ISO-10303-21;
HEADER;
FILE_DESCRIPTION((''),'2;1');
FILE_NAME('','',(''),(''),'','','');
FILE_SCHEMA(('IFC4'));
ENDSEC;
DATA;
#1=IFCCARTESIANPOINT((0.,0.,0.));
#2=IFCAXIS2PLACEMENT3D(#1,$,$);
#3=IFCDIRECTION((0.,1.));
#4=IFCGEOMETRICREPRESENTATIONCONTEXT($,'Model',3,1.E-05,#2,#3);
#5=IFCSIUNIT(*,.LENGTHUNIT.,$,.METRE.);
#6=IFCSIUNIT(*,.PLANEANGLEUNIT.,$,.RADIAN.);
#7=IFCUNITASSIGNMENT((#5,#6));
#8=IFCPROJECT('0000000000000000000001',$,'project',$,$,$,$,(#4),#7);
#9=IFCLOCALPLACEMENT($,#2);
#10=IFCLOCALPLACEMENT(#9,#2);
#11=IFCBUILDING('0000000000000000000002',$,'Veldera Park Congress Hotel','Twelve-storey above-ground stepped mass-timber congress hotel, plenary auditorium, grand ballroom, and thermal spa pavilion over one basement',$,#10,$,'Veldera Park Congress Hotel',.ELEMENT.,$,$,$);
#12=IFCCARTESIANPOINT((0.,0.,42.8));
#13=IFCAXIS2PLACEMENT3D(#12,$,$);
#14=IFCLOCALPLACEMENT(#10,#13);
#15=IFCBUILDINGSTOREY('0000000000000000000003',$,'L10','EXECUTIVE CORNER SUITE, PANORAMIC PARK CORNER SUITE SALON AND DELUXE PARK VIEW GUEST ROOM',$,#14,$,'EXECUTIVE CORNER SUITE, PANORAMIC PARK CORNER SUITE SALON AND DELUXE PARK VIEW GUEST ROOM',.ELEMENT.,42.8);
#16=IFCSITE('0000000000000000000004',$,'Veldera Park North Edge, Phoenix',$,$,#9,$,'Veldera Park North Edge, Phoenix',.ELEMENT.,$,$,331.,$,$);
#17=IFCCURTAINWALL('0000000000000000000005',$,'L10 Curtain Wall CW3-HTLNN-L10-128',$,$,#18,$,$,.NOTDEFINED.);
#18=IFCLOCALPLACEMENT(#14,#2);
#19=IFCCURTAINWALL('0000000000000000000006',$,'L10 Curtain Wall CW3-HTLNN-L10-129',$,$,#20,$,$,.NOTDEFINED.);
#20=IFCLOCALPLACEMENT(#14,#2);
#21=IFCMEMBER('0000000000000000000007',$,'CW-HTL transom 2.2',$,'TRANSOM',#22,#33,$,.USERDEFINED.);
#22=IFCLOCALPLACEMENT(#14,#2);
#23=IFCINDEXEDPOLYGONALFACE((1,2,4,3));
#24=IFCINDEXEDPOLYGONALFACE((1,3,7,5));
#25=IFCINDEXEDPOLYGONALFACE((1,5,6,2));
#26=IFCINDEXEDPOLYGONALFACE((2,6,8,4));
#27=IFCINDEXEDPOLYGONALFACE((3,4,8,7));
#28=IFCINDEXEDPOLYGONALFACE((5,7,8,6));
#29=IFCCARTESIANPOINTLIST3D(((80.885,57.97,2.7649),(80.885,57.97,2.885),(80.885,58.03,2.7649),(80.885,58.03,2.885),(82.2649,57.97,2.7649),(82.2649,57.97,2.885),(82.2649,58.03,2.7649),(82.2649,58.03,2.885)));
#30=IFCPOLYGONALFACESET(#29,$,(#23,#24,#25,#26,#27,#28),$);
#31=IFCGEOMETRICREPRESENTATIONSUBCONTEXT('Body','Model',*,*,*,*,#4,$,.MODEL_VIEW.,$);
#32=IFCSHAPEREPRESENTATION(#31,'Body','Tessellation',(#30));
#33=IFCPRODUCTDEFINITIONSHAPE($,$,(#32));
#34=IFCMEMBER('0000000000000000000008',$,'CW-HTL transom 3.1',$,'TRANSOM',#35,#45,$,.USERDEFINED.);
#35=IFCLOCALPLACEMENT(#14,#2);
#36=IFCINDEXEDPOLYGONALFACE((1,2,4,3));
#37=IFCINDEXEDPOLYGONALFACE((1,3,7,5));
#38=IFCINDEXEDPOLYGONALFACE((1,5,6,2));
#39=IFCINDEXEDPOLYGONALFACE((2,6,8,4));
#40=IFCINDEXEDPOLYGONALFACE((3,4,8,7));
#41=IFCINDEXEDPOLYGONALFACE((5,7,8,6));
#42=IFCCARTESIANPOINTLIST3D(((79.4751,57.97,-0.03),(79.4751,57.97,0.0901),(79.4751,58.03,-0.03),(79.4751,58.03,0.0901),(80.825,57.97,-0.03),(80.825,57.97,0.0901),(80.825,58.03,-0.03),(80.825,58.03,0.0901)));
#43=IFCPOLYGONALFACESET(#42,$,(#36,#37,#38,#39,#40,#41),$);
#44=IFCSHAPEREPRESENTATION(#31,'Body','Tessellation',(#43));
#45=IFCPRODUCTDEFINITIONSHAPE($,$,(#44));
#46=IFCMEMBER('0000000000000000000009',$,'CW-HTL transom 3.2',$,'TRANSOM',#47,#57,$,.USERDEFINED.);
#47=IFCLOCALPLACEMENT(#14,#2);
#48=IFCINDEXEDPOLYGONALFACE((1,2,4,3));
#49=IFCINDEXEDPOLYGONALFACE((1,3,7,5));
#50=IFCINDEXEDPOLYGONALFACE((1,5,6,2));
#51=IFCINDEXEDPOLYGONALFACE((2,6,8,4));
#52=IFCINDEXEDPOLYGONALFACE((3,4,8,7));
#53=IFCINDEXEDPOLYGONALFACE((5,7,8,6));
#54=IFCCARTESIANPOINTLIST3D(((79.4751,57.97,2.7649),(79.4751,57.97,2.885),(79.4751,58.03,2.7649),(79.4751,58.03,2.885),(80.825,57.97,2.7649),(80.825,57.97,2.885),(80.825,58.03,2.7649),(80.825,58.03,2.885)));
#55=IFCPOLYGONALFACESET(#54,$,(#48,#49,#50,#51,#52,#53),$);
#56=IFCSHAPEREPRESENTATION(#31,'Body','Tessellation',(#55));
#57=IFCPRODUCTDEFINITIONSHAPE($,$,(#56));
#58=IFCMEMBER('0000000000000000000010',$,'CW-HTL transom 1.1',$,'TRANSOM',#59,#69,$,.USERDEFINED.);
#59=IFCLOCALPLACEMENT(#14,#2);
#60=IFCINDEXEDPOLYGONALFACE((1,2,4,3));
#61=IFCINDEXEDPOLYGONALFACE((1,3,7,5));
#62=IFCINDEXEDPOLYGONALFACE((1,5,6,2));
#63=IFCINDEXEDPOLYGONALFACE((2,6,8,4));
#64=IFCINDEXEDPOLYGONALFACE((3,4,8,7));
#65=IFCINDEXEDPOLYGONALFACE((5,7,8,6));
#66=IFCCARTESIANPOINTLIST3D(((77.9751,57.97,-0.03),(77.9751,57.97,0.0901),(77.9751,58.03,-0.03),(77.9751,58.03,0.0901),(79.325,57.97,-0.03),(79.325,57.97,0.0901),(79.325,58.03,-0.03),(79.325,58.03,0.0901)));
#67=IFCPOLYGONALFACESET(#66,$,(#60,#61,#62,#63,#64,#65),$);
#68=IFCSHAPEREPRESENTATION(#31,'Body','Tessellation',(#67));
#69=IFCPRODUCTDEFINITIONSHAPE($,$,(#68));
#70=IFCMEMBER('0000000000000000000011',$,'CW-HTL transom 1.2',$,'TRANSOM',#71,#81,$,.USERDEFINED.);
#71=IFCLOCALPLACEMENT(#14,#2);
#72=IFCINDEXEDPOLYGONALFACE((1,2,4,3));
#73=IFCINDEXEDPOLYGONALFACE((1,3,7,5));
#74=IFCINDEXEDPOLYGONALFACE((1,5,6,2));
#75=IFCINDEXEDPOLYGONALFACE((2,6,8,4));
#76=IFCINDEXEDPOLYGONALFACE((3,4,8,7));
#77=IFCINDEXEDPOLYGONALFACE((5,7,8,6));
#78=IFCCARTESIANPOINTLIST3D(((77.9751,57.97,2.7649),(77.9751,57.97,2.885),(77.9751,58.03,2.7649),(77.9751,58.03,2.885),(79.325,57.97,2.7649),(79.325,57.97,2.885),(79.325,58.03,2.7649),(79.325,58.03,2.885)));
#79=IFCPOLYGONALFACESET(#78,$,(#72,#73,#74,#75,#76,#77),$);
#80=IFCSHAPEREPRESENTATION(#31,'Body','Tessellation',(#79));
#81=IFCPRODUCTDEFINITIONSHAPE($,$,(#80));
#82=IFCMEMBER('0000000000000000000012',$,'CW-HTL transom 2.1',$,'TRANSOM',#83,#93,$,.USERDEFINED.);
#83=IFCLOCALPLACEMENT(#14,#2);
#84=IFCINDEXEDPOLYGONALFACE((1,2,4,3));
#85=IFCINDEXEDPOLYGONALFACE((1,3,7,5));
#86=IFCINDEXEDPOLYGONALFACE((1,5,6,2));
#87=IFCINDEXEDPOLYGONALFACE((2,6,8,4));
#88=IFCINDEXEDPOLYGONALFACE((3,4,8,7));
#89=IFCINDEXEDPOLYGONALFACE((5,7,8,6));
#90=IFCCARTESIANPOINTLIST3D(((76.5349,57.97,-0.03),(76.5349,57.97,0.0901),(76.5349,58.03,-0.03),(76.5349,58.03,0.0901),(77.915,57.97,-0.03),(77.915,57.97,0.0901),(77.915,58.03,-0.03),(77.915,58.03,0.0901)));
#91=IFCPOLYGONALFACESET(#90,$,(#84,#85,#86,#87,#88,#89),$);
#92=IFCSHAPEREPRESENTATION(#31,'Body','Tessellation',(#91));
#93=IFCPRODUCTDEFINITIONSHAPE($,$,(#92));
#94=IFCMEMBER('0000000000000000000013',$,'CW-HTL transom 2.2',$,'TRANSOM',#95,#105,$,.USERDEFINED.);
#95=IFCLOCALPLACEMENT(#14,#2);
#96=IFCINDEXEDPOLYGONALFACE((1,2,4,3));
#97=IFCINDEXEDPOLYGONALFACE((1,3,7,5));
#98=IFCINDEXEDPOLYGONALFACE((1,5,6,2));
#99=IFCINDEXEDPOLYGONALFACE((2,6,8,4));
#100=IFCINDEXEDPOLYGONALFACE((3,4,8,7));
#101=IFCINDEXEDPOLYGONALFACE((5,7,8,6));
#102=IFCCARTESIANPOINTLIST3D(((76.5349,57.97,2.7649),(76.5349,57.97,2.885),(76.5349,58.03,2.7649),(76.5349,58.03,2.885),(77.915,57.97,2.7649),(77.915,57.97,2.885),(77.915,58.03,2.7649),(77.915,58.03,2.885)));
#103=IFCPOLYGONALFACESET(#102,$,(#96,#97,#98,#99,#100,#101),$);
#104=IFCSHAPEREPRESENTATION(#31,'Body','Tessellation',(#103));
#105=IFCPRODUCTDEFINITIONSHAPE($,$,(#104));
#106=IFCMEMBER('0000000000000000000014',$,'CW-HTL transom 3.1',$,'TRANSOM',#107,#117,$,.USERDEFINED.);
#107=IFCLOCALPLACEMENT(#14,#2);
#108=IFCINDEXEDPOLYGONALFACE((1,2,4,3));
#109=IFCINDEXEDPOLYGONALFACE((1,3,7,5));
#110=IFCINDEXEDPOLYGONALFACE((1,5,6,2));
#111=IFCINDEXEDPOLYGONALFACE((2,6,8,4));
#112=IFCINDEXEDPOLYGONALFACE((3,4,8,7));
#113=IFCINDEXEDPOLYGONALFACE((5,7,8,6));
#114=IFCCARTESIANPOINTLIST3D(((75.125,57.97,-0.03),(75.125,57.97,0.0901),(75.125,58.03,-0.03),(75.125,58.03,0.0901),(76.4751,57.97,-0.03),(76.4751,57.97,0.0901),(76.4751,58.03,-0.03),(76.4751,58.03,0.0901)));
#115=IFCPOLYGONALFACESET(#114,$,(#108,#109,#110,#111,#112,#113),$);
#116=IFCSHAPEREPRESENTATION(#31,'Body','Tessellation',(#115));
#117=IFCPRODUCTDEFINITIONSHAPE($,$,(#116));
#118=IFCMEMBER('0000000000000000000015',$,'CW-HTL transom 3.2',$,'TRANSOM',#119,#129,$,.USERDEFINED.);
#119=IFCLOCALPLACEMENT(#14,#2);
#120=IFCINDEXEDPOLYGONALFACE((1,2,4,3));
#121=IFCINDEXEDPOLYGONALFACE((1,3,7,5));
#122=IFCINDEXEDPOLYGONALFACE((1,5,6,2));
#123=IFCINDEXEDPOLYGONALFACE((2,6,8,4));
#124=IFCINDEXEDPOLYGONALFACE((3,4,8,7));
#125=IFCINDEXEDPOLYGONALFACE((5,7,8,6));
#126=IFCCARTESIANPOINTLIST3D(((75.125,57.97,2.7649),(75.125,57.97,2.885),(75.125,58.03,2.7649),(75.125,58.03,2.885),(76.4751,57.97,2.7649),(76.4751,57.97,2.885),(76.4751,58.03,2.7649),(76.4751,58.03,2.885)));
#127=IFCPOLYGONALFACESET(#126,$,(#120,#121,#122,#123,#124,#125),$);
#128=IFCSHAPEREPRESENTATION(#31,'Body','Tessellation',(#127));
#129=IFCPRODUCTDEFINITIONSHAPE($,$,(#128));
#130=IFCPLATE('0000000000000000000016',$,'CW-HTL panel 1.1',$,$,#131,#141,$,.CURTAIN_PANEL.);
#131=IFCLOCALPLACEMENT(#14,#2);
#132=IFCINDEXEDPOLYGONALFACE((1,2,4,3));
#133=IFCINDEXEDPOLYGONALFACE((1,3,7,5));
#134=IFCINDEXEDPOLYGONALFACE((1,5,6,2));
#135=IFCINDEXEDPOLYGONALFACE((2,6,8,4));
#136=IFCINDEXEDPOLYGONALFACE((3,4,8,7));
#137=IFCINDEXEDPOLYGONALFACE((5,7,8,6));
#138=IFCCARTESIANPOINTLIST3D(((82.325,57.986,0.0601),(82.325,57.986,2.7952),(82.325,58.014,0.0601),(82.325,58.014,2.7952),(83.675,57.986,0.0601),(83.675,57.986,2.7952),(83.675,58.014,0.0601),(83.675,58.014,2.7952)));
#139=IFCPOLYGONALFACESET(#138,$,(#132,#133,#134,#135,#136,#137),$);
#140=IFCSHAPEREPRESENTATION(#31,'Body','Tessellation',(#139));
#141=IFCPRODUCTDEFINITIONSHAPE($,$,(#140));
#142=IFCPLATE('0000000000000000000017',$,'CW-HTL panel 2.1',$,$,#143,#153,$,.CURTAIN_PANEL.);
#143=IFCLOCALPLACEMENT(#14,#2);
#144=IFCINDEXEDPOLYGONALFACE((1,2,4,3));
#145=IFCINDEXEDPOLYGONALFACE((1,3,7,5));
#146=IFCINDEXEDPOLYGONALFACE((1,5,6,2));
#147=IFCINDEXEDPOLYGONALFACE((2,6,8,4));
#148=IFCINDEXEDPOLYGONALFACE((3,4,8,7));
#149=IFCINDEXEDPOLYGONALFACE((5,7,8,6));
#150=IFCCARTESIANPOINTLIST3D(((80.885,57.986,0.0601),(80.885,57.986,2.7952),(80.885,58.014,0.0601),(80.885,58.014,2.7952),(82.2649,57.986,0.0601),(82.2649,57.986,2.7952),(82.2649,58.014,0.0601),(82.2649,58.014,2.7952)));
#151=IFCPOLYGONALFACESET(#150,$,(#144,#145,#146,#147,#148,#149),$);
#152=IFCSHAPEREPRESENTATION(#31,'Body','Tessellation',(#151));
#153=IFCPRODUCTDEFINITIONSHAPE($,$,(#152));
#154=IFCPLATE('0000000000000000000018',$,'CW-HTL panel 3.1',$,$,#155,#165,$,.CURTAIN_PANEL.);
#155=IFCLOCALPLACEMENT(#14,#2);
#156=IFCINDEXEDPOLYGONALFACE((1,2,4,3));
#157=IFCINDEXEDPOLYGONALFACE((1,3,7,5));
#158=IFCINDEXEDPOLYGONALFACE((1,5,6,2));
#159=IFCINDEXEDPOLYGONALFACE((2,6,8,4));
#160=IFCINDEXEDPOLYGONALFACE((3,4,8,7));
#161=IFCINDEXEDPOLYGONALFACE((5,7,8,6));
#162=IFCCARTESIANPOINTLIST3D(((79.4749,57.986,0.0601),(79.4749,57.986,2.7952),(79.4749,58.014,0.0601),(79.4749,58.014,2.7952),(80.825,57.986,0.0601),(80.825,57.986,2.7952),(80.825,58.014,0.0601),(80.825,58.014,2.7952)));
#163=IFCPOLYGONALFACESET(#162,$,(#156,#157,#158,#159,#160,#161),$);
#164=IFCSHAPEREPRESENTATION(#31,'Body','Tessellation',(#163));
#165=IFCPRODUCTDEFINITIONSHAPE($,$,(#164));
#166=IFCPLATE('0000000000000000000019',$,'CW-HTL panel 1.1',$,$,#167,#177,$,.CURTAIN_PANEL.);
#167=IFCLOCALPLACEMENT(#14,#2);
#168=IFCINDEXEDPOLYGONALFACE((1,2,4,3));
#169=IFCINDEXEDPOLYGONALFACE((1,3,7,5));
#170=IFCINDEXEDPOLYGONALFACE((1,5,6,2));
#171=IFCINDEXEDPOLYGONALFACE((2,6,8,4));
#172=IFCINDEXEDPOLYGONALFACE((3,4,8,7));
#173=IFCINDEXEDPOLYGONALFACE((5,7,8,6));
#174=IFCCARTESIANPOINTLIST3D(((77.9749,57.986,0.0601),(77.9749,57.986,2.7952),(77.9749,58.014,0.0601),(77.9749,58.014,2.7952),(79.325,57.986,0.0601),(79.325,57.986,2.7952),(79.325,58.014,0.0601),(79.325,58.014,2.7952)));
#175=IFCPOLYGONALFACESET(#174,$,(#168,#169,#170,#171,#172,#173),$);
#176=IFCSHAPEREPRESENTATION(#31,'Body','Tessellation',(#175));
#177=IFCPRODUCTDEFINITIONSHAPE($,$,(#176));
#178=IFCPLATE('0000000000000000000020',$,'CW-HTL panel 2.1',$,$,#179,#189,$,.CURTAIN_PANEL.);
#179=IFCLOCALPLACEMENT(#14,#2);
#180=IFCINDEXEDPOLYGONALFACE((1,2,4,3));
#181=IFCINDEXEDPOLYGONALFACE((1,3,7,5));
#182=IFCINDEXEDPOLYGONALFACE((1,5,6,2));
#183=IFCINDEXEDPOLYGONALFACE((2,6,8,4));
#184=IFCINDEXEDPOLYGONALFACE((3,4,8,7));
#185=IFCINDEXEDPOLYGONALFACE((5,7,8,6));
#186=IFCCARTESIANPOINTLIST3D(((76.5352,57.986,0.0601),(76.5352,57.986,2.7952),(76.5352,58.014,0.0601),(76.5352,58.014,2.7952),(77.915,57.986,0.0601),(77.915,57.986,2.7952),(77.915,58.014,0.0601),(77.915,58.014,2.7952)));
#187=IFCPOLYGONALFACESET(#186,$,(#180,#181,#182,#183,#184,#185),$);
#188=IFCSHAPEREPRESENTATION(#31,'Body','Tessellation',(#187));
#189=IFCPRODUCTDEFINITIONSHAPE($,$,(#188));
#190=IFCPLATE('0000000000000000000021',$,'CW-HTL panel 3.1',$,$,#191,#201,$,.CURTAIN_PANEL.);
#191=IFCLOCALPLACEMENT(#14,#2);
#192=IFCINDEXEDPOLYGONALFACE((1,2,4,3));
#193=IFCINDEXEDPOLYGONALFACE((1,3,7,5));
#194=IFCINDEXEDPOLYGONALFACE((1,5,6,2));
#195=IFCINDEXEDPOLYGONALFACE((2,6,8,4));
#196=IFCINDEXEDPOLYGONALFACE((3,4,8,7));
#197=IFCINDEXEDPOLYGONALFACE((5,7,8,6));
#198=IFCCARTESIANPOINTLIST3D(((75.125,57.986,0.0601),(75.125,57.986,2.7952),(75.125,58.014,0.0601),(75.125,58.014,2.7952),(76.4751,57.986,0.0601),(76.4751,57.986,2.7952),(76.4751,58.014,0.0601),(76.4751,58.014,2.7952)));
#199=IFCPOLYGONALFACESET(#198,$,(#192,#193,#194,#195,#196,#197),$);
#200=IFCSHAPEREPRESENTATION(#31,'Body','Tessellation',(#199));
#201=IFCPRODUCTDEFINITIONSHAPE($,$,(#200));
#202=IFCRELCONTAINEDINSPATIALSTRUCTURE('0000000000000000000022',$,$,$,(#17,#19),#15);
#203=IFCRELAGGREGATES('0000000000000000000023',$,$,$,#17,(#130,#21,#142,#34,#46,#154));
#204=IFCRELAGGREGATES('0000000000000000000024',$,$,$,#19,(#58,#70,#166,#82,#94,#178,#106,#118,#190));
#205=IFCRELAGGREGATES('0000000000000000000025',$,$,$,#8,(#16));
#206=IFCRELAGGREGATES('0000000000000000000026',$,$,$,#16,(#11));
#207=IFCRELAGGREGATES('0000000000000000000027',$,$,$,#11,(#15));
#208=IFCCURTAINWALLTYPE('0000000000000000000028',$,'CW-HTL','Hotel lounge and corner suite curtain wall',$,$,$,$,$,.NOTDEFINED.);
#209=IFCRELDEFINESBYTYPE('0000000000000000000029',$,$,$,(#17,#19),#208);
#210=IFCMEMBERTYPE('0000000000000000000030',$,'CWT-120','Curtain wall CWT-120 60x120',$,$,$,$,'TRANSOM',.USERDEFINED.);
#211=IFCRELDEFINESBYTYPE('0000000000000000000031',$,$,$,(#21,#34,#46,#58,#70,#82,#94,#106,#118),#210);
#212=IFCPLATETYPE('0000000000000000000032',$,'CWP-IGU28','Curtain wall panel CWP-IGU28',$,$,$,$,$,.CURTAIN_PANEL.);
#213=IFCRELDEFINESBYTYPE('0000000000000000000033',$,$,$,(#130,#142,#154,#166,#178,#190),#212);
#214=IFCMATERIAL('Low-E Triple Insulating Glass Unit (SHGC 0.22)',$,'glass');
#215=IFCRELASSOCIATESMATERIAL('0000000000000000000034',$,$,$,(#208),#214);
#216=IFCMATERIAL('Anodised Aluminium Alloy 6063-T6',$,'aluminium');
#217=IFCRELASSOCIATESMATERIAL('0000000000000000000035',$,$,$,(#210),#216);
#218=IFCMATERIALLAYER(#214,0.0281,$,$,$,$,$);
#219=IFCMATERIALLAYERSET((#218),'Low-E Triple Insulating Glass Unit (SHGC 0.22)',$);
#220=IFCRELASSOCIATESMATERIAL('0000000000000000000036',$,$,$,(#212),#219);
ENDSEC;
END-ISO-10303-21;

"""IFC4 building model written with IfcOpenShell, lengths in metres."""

from ifc_helpers import new_model, si_unit, direction, frame, origin, origin_2d, place, context, subcontext, project, spatial, rectangle, extrude, material, layer, layer_set, material_profile, profile_set, type_object, element, aggregate, save


model = new_model("IFC4")

# Units and contexts
model_context = context("Model", 3, precision=1e-05, world=origin(), true_north=direction((0.0, 1.0)))
body_context = subcontext(model_context, "Body", "Model", "MODEL_VIEW")
ifc_project = project(units=[si_unit("LENGTHUNIT", "METRE"), si_unit("PLANEANGLEUNIT", "RADIAN")], contexts=[model_context])

# Site, building, storey
site_placement = place(None, origin())
site = spatial("IfcSite", under=ifc_project, at=site_placement, Name="Veldera Park North Edge, Phoenix", LongName="Veldera Park North Edge, Phoenix", CompositionType="ELEMENT", RefElevation=331.0)
building_placement = place(site_placement, origin())
building = spatial("IfcBuilding", under=site, at=building_placement, Name="Veldera Park Congress Hotel", Description="Twelve-storey above-ground stepped mass-timber congress hotel, plenary auditorium, grand ballroom, and thermal spa pavilion over one basement", LongName="Veldera Park Congress Hotel", CompositionType="ELEMENT")
storey_placement = place(building_placement, frame((0.0, 0.0, 42.8)))
storey = spatial("IfcBuildingStorey", under=building, at=storey_placement, Name="L10", Description="EXECUTIVE CORNER SUITE, PANORAMIC PARK CORNER SUITE SALON AND DELUXE PARK VIEW GUEST ROOM", LongName="EXECUTIVE CORNER SUITE, PANORAMIC PARK CORNER SUITE SALON AND DELUXE PARK VIEW GUEST ROOM", CompositionType="ELEMENT", Elevation=42.8)

# Curtain walls
ifc_material_1 = material(Name="Low-E Triple Insulating Glass Unit (SHGC 0.22)", Category="glass")
curtain_wall_type = type_object("IfcCurtainWallType", Name="CW-HTL", Description="Hotel lounge and corner suite curtain wall", PredefinedType="NOTDEFINED", material=ifc_material_1)
curtain_wall_1_placement = place(storey_placement, origin())
curtain_wall_1 = element("IfcCurtainWall", 1, at=curtain_wall_1_placement, inside=storey, type_object=curtain_wall_type, Name="L10 Curtain Wall CW3-HTLNN-L10-128", PredefinedType="NOTDEFINED")
ifc_material_2 = material(Name="Anodised Aluminium Alloy 6063-T6", Category="aluminium")
curtain_wall_2_placement = place(storey_placement, origin())
curtain_wall_2 = element("IfcCurtainWall", 2, at=curtain_wall_2_placement, inside=storey, type_object=curtain_wall_type, Name="L10 Curtain Wall CW3-HTLNN-L10-129", PredefinedType="NOTDEFINED")

# Members
ifc_material_profile_1 = material_profile(ifc_material_2, rectangle(XDim=0.0601, YDim=0.1201, at=origin_2d()), Name="ALU 60x120")
ifc_profile_set_1 = profile_set([ifc_material_profile_1], Name="Anodised Aluminium Alloy 6063-T6")
member_type_1 = type_object("IfcMemberType", Name="CWT-120", Description="Curtain wall CWT-120 60x120", ElementType="TRANSOM", PredefinedType="USERDEFINED", material=ifc_profile_set_1)
member_1_placement = place(storey_placement, frame((82.2649, 58.0, 2.825), z_axis=(-1.0, 0.0, 0.0), x_axis=(0.0, -1.0, 0.0)))
member_1 = element("IfcMember", 3, at=member_1_placement, type_object=member_type_1, Name="CW-HTL transom 2.2", ObjectType="TRANSOM", PredefinedType="USERDEFINED", context=body_context, shape_type="SweptSolid", body=[
    extrude(rectangle(XDim=0.0601, YDim=0.1201, at=origin_2d()), origin(), (0.0, 0.0, 1.0), 1.3799),
])
member_2_placement = place(storey_placement, frame((80.825, 58.0, 0.03), z_axis=(-1.0, 0.0, 0.0), x_axis=(0.0, -1.0, 0.0)))
member_2 = element("IfcMember", 4, at=member_2_placement, type_object=member_type_1, Name="CW-HTL transom 3.1", ObjectType="TRANSOM", PredefinedType="USERDEFINED", context=body_context, shape_type="SweptSolid", body=[
    extrude(rectangle(XDim=0.0601, YDim=0.1201, at=origin_2d()), origin(), (0.0, 0.0, 1.0), 1.3499),
])
member_3_placement = place(storey_placement, frame((80.825, 58.0, 2.825), z_axis=(-1.0, 0.0, 0.0), x_axis=(0.0, -1.0, 0.0)))
member_3 = element("IfcMember", 5, at=member_3_placement, type_object=member_type_1, Name="CW-HTL transom 3.2", ObjectType="TRANSOM", PredefinedType="USERDEFINED", context=body_context, shape_type="SweptSolid", body=[
    extrude(rectangle(XDim=0.0601, YDim=0.1201, at=origin_2d()), origin(), (0.0, 0.0, 1.0), 1.3499),
])
member_4_placement = place(storey_placement, frame((79.325, 58.0, 0.03), z_axis=(-1.0, 0.0, 0.0), x_axis=(0.0, -1.0, 0.0)))
member_4 = element("IfcMember", 6, at=member_4_placement, type_object=member_type_1, Name="CW-HTL transom 1.1", ObjectType="TRANSOM", PredefinedType="USERDEFINED", context=body_context, shape_type="SweptSolid", body=[
    extrude(rectangle(XDim=0.0601, YDim=0.1201, at=origin_2d()), origin(), (0.0, 0.0, 1.0), 1.3499),
])
member_5_placement = place(storey_placement, frame((79.325, 58.0, 2.825), z_axis=(-1.0, 0.0, 0.0), x_axis=(0.0, -1.0, 0.0)))
member_5 = element("IfcMember", 7, at=member_5_placement, type_object=member_type_1, Name="CW-HTL transom 1.2", ObjectType="TRANSOM", PredefinedType="USERDEFINED", context=body_context, shape_type="SweptSolid", body=[
    extrude(rectangle(XDim=0.0601, YDim=0.1201, at=origin_2d()), origin(), (0.0, 0.0, 1.0), 1.3499),
])
member_6_placement = place(storey_placement, frame((77.915, 58.0, 0.03), z_axis=(-1.0, 0.0, 0.0), x_axis=(0.0, -1.0, 0.0)))
member_6 = element("IfcMember", 8, at=member_6_placement, type_object=member_type_1, Name="CW-HTL transom 2.1", ObjectType="TRANSOM", PredefinedType="USERDEFINED", context=body_context, shape_type="SweptSolid", body=[
    extrude(rectangle(XDim=0.0601, YDim=0.1201, at=origin_2d()), origin(), (0.0, 0.0, 1.0), 1.3801),
])
member_7_placement = place(storey_placement, frame((77.915, 58.0, 2.825), z_axis=(-1.0, 0.0, 0.0), x_axis=(0.0, -1.0, 0.0)))
member_7 = element("IfcMember", 9, at=member_7_placement, type_object=member_type_1, Name="CW-HTL transom 2.2", ObjectType="TRANSOM", PredefinedType="USERDEFINED", context=body_context, shape_type="SweptSolid", body=[
    extrude(rectangle(XDim=0.0601, YDim=0.1201, at=origin_2d()), origin(), (0.0, 0.0, 1.0), 1.3801),
])
member_8_placement = place(storey_placement, frame((76.4751, 58.0, 0.03), z_axis=(-1.0, 0.0, 0.0), x_axis=(0.0, -1.0, 0.0)))
member_8 = element("IfcMember", 10, at=member_8_placement, type_object=member_type_1, Name="CW-HTL transom 3.1", ObjectType="TRANSOM", PredefinedType="USERDEFINED", context=body_context, shape_type="SweptSolid", body=[
    extrude(rectangle(XDim=0.0601, YDim=0.1201, at=origin_2d()), origin(), (0.0, 0.0, 1.0), 1.3501),
])
member_9_placement = place(storey_placement, frame((76.4751, 58.0, 2.825), z_axis=(-1.0, 0.0, 0.0), x_axis=(0.0, -1.0, 0.0)))
member_9 = element("IfcMember", 11, at=member_9_placement, type_object=member_type_1, Name="CW-HTL transom 3.2", ObjectType="TRANSOM", PredefinedType="USERDEFINED", context=body_context, shape_type="SweptSolid", body=[
    extrude(rectangle(XDim=0.0601, YDim=0.1201, at=origin_2d()), origin(), (0.0, 0.0, 1.0), 1.3501),
])

# Plates
ifc_layer_1 = layer(ifc_material_1, 0.0281)
ifc_layer_set_1 = layer_set([ifc_layer_1], Name="Low-E Triple Insulating Glass Unit (SHGC 0.22)")
plate_type = type_object("IfcPlateType", Name="CWP-IGU28", Description="Curtain wall panel CWP-IGU28", PredefinedType="CURTAIN_PANEL", material=ifc_layer_set_1)
plate_1_placement = place(storey_placement, frame((83.0, 58.0, 0.0601), z_axis=(0.0, 0.0, 1.0), x_axis=(-1.0, 0.0, 0.0)))
plate_1 = element("IfcPlate", 12, at=plate_1_placement, type_object=plate_type, Name="CW-HTL panel 1.1", PredefinedType="CURTAIN_PANEL", context=body_context, shape_type="SweptSolid", body=[
    extrude(rectangle(XDim=1.3501, YDim=0.0281, at=origin_2d()), origin(), (0.0, 0.0, 1.0), 2.7351),
])
plate_2_placement = place(storey_placement, frame((81.575, 58.0, 0.0601), z_axis=(0.0, 0.0, 1.0), x_axis=(-1.0, 0.0, 0.0)))
plate_2 = element("IfcPlate", 13, at=plate_2_placement, type_object=plate_type, Name="CW-HTL panel 2.1", PredefinedType="CURTAIN_PANEL", context=body_context, shape_type="SweptSolid", body=[
    extrude(rectangle(XDim=1.3799, YDim=0.0281, at=origin_2d()), origin(), (0.0, 0.0, 1.0), 2.7351),
])
plate_3_placement = place(storey_placement, frame((80.1499, 58.0, 0.0601), z_axis=(0.0, 0.0, 1.0), x_axis=(-1.0, 0.0, 0.0)))
plate_3 = element("IfcPlate", 14, at=plate_3_placement, type_object=plate_type, Name="CW-HTL panel 3.1", PredefinedType="CURTAIN_PANEL", context=body_context, shape_type="SweptSolid", body=[
    extrude(rectangle(XDim=1.3501, YDim=0.0281, at=origin_2d()), origin(), (0.0, 0.0, 1.0), 2.7351),
])
aggregate(curtain_wall_1, [plate_1, member_1, plate_2, member_2, member_3, plate_3])
plate_4_placement = place(storey_placement, frame((78.6499, 58.0, 0.0601), z_axis=(0.0, 0.0, 1.0), x_axis=(-1.0, 0.0, 0.0)))
plate_4 = element("IfcPlate", 15, at=plate_4_placement, type_object=plate_type, Name="CW-HTL panel 1.1", PredefinedType="CURTAIN_PANEL", context=body_context, shape_type="SweptSolid", body=[
    extrude(rectangle(XDim=1.3501, YDim=0.0281, at=origin_2d()), origin(), (0.0, 0.0, 1.0), 2.7351),
])
plate_5_placement = place(storey_placement, frame((77.2251, 58.0, 0.0601), z_axis=(0.0, 0.0, 1.0), x_axis=(-1.0, 0.0, 0.0)))
plate_5 = element("IfcPlate", 16, at=plate_5_placement, type_object=plate_type, Name="CW-HTL panel 2.1", PredefinedType="CURTAIN_PANEL", context=body_context, shape_type="SweptSolid", body=[
    extrude(rectangle(XDim=1.3799, YDim=0.0281, at=origin_2d()), origin(), (0.0, 0.0, 1.0), 2.7351),
])
plate_6_placement = place(storey_placement, frame((75.8, 58.0, 0.0601), z_axis=(0.0, 0.0, 1.0), x_axis=(-1.0, 0.0, 0.0)))
plate_6 = element("IfcPlate", 17, at=plate_6_placement, type_object=plate_type, Name="CW-HTL panel 3.1", PredefinedType="CURTAIN_PANEL", context=body_context, shape_type="SweptSolid", body=[
    extrude(rectangle(XDim=1.3501, YDim=0.0281, at=origin_2d()), origin(), (0.0, 0.0, 1.0), 2.7351),
])
aggregate(curtain_wall_2, [member_4, member_5, plate_4, member_6, member_7, plate_5, member_8, member_9, plate_6])

save(model, "model.ifc")
